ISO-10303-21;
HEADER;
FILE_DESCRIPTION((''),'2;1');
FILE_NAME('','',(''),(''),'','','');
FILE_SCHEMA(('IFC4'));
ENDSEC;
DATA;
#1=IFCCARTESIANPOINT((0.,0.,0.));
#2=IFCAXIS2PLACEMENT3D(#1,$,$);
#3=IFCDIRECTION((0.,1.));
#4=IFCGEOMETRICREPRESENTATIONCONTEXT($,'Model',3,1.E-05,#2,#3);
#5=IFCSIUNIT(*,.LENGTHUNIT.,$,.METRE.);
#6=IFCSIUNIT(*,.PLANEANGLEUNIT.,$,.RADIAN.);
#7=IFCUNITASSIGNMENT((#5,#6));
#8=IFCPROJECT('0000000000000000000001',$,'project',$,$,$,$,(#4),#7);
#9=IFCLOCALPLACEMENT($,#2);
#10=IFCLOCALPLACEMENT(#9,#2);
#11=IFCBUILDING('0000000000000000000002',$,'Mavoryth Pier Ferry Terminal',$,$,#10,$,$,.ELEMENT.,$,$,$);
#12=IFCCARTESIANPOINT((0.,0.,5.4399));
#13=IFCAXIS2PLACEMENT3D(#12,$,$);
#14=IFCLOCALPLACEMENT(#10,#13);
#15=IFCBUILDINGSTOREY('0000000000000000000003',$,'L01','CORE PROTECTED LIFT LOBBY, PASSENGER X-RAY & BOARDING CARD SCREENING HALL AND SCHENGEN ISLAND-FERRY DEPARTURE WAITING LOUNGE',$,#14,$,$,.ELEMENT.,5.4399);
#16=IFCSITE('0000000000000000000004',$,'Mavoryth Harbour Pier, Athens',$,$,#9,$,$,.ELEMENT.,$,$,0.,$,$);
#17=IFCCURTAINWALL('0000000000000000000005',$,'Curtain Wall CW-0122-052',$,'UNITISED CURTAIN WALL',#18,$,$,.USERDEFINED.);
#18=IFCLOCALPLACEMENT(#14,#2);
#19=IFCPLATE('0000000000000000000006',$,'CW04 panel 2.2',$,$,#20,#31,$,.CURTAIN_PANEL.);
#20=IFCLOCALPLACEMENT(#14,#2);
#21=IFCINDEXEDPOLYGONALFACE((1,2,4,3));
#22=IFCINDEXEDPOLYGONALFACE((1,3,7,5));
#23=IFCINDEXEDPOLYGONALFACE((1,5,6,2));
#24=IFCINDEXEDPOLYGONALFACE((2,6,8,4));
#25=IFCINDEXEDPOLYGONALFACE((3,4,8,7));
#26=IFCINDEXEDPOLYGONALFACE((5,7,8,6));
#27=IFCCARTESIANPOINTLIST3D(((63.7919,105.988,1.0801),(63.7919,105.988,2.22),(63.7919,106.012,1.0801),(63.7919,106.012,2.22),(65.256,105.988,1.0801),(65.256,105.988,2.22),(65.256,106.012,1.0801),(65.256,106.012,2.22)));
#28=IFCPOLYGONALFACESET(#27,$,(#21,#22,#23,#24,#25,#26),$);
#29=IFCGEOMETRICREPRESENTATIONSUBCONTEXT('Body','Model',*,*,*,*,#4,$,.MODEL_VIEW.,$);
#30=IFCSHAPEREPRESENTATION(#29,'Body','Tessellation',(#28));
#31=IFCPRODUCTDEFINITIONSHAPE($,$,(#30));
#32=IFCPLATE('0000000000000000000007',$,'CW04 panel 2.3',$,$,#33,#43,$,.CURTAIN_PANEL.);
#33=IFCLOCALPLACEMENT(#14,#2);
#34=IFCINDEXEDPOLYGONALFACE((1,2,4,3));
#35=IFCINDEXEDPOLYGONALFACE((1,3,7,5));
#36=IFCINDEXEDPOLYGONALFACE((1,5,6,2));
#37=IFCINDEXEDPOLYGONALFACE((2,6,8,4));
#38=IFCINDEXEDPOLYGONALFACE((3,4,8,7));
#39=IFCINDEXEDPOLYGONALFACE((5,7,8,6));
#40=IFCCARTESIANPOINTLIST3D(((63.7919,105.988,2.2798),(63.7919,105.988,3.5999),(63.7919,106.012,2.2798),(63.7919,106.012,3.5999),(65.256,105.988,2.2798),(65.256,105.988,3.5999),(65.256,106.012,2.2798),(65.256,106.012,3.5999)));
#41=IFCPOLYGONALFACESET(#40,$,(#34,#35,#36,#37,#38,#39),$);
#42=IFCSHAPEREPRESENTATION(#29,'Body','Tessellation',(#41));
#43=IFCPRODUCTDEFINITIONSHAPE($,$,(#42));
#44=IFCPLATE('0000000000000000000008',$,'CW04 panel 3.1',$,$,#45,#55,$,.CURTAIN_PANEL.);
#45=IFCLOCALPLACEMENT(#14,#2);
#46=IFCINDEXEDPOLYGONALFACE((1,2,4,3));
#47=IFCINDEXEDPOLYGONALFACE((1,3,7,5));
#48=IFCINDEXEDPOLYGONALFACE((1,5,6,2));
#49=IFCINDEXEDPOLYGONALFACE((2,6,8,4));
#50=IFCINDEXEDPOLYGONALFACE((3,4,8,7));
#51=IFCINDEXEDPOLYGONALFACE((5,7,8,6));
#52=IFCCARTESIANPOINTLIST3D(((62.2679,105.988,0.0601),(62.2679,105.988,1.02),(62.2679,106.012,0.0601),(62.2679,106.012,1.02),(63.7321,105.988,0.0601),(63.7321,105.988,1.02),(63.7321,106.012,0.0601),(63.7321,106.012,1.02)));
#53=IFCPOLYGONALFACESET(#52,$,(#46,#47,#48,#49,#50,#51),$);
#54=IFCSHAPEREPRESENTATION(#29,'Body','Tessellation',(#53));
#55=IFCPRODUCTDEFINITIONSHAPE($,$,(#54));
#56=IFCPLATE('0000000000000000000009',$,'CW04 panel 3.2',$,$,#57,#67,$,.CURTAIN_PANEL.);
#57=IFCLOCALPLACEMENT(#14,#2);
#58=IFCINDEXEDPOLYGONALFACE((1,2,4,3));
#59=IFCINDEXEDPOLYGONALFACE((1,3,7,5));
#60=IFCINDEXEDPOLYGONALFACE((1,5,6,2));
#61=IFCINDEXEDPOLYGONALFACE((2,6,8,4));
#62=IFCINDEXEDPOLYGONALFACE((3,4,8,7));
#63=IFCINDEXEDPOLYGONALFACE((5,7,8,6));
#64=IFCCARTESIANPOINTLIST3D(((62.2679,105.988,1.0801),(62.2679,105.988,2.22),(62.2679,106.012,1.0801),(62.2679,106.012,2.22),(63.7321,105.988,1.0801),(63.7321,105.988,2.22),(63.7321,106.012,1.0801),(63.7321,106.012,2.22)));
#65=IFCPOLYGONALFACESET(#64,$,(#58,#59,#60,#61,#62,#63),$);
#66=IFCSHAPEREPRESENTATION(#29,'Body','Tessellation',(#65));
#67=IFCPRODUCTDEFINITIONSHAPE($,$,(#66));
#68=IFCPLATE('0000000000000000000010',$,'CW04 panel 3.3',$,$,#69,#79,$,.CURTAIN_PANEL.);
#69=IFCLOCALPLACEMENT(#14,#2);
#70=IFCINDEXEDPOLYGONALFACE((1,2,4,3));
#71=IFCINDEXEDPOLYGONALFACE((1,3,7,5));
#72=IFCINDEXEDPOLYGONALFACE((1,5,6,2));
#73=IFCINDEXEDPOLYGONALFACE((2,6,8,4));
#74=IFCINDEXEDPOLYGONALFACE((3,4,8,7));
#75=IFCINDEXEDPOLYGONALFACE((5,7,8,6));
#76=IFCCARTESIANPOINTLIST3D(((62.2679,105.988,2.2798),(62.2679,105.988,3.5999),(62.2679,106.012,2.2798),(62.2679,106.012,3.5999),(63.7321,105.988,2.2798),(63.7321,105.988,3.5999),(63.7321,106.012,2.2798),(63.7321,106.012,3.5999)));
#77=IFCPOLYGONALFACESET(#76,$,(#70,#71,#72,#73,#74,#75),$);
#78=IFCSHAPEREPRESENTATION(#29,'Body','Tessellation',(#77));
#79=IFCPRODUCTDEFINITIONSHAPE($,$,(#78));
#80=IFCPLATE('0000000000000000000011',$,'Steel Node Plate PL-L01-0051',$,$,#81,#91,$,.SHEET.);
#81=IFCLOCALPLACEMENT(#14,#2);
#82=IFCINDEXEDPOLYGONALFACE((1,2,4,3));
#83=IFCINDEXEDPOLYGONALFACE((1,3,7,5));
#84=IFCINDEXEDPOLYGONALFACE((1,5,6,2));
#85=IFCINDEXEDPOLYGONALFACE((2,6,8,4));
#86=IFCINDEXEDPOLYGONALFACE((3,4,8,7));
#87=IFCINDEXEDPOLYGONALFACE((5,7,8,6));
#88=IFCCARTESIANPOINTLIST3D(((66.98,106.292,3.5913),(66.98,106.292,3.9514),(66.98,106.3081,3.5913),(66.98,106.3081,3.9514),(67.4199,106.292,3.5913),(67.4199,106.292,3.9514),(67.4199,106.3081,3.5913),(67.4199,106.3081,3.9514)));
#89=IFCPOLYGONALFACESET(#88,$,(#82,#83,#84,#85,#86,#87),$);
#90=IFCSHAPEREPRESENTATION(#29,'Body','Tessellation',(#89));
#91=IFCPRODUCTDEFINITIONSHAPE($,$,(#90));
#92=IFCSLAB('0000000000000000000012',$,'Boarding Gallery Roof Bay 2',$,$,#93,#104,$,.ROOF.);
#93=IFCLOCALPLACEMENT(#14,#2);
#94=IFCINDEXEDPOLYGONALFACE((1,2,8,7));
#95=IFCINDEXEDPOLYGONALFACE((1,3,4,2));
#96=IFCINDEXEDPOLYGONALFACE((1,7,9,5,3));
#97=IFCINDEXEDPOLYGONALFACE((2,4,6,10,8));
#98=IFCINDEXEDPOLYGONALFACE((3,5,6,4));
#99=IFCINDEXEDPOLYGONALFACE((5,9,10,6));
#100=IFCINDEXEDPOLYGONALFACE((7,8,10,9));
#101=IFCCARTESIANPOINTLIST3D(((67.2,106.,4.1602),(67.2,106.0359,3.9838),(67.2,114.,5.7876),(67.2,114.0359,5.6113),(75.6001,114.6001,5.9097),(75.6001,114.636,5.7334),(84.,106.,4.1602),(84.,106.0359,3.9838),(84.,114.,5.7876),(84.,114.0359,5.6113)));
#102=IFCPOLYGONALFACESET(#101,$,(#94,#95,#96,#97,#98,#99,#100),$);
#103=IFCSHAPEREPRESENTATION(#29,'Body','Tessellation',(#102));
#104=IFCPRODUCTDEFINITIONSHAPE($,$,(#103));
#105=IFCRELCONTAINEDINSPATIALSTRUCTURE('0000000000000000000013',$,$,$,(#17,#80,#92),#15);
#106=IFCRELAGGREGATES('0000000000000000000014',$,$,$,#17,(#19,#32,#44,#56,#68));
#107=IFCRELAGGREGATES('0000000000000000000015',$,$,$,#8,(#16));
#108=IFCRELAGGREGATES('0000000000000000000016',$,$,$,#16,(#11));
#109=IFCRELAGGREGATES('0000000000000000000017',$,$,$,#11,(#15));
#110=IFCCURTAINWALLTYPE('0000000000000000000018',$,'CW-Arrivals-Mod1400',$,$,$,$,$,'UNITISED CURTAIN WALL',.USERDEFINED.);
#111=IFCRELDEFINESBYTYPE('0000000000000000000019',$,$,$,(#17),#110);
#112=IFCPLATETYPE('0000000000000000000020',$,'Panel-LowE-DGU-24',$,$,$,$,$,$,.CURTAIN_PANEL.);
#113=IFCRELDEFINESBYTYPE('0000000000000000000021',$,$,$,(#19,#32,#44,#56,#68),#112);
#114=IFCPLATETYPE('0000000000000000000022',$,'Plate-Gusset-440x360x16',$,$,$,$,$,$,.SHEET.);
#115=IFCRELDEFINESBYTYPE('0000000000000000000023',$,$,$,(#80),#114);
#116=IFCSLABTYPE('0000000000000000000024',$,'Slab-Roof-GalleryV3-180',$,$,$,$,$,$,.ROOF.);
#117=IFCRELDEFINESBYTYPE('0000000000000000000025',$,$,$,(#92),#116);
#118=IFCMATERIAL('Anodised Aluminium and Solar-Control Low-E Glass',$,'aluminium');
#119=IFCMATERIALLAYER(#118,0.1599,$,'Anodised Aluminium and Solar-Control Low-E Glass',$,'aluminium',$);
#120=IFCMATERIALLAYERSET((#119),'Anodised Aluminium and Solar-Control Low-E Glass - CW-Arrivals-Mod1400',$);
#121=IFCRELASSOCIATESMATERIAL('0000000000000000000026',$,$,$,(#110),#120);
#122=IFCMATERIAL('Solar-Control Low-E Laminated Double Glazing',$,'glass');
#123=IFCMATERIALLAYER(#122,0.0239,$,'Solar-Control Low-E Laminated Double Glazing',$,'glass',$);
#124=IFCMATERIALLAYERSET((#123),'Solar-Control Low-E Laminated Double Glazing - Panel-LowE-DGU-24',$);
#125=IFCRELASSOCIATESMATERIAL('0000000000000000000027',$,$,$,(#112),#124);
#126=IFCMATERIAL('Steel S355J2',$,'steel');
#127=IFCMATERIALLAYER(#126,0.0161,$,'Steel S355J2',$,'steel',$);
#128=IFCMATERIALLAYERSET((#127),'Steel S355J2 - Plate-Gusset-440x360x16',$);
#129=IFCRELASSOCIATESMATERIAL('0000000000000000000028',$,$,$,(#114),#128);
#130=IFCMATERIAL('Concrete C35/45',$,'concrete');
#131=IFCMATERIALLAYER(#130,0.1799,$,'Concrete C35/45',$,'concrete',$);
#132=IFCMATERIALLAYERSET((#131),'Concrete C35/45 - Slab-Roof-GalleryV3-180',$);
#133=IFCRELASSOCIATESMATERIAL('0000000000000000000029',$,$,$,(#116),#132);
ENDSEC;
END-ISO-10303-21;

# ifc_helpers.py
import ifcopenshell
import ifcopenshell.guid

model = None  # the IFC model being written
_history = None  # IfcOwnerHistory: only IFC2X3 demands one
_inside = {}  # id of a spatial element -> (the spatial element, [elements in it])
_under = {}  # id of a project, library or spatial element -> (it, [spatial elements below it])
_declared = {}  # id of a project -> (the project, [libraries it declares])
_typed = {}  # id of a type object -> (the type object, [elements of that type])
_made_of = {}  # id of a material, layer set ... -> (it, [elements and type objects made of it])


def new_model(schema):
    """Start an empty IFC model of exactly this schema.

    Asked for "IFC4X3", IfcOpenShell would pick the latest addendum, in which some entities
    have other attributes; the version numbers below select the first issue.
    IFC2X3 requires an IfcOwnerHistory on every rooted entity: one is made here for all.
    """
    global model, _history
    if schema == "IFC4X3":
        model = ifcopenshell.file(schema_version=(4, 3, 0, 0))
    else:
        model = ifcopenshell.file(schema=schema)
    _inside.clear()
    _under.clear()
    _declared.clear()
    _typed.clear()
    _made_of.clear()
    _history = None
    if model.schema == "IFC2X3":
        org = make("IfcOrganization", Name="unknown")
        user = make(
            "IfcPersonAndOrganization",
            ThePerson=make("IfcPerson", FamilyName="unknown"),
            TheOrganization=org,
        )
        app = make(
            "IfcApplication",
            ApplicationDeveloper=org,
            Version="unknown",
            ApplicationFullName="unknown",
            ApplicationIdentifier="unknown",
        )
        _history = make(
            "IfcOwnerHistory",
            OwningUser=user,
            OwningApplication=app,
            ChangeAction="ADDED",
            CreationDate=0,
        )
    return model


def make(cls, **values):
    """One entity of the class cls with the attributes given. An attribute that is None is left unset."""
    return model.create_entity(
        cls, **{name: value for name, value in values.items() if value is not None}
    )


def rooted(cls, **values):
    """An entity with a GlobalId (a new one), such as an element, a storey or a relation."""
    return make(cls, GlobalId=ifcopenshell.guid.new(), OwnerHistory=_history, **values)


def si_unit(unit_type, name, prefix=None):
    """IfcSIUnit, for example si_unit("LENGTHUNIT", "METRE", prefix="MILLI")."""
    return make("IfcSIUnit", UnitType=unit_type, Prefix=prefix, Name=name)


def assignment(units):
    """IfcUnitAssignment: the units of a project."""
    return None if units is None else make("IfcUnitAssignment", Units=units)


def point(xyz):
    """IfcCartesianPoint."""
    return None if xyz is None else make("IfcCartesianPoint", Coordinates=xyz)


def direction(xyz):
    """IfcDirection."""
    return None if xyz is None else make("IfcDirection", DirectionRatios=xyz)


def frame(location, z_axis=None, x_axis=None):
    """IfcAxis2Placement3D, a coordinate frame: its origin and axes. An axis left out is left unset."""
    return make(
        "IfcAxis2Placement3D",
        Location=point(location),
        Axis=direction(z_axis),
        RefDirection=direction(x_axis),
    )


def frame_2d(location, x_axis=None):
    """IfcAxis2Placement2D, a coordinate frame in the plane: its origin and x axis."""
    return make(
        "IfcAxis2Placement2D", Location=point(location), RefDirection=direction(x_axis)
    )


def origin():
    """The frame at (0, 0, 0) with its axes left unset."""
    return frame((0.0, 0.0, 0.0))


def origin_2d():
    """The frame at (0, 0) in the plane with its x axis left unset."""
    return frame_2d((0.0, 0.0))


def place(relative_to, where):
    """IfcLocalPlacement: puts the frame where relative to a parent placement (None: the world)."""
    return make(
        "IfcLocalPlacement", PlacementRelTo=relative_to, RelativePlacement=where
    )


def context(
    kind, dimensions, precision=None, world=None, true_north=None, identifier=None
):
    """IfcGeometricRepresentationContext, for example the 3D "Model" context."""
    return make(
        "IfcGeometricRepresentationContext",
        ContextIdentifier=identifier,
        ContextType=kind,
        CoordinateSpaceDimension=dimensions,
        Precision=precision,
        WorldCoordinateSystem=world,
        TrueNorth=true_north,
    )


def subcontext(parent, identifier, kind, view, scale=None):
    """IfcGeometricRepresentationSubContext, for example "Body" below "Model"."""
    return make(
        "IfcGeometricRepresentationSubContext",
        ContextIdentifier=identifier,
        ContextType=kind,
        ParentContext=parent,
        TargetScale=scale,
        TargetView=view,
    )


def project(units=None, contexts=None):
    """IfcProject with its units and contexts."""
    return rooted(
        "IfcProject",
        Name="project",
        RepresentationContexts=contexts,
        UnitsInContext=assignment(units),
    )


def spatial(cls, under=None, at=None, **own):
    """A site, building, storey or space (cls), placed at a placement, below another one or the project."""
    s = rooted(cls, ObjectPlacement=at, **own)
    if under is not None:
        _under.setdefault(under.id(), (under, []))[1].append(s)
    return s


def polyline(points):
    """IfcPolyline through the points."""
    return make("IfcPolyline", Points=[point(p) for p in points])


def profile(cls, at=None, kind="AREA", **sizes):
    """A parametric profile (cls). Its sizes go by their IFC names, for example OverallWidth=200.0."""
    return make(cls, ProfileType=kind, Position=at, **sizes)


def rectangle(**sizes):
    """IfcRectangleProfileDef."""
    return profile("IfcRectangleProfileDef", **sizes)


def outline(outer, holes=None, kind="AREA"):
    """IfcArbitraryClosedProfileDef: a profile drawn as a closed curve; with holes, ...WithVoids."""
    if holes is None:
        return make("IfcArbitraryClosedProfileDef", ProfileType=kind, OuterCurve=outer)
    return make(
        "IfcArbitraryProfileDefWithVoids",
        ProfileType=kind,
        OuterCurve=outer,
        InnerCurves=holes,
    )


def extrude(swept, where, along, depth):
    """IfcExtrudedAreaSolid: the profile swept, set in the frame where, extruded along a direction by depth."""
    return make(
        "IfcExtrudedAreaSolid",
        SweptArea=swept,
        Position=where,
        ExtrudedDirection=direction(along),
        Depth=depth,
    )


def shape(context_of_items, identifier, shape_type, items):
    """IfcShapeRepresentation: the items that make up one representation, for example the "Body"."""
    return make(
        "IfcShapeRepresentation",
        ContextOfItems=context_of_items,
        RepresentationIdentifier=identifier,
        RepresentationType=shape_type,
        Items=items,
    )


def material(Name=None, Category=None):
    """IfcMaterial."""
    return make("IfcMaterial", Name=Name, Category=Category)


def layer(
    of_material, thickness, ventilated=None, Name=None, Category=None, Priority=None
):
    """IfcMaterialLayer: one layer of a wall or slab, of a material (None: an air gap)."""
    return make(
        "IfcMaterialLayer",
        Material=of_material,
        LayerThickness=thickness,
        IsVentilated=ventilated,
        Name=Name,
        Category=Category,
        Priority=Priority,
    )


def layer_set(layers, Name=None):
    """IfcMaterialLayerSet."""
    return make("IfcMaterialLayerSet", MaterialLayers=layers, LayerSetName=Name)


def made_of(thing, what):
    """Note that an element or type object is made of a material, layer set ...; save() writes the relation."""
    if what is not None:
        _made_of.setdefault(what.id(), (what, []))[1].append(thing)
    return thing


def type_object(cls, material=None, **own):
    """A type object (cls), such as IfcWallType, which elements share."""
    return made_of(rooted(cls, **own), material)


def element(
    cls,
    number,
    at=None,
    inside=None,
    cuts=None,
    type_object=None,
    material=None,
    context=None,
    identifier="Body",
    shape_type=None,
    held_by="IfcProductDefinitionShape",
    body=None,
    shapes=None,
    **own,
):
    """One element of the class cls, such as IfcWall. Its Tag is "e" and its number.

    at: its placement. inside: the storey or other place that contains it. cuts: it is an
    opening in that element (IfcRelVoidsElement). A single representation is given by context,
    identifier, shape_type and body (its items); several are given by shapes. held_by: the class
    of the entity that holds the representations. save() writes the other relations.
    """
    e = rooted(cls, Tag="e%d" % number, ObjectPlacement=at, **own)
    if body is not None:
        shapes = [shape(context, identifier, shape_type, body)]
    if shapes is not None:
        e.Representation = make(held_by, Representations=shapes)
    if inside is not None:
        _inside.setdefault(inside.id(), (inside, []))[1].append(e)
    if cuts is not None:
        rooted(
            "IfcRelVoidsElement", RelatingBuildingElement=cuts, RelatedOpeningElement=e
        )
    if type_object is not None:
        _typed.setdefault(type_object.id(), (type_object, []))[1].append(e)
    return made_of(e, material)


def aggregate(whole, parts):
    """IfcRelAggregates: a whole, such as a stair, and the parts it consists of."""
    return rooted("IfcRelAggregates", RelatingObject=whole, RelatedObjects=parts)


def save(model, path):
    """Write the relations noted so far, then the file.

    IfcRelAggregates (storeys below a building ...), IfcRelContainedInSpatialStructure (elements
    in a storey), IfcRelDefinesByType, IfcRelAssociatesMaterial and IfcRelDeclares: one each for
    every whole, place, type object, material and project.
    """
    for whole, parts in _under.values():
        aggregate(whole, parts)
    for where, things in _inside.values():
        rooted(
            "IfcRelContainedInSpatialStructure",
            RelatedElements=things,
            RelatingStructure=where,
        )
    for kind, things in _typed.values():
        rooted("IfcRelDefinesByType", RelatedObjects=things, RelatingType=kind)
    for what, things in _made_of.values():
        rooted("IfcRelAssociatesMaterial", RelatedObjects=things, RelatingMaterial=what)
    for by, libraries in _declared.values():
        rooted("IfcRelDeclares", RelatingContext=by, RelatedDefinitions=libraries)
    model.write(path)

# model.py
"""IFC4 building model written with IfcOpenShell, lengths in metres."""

from ifc_helpers import new_model, si_unit, direction, frame, origin, origin_2d, place, context, subcontext, project, spatial, polyline, rectangle, outline, extrude, material, layer, layer_set, type_object, element, aggregate, save


model = new_model("IFC4")

# Units and contexts
model_context = context("Model", 3, precision=1e-05, world=origin(), true_north=direction((0.0, 1.0)))
body_context = subcontext(model_context, "Body", "Model", "MODEL_VIEW")
ifc_project = project(units=[si_unit("LENGTHUNIT", "METRE"), si_unit("PLANEANGLEUNIT", "RADIAN")], contexts=[model_context])

# Site, building, storey
site_placement = place(None, origin())
site = spatial("IfcSite", under=ifc_project, at=site_placement, Name="Mavoryth Harbour Pier, Athens", CompositionType="ELEMENT", RefElevation=0.0)
building_placement = place(site_placement, origin())
building = spatial("IfcBuilding", under=site, at=building_placement, Name="Mavoryth Pier Ferry Terminal", CompositionType="ELEMENT")
storey_placement = place(building_placement, frame((0.0, 0.0, 5.4399)))
storey = spatial("IfcBuildingStorey", under=building, at=storey_placement, Name="L01", Description="CORE PROTECTED LIFT LOBBY, PASSENGER X-RAY & BOARDING CARD SCREENING HALL AND SCHENGEN ISLAND-FERRY DEPARTURE WAITING LOUNGE", CompositionType="ELEMENT", Elevation=5.4399)

# Shared definitions
ifc_material_1 = material(Name="Steel S355J2", Category="steel")

# Shared definitions
ifc_material_2 = material(Name="Concrete C35/45", Category="concrete")

# Curtain wall
ifc_material_3 = material(Name="Anodised Aluminium and Solar-Control Low-E Glass", Category="aluminium")
ifc_layer_1 = layer(ifc_material_3, 0.1599, Name="Anodised Aluminium and Solar-Control Low-E Glass", Category="aluminium")
ifc_layer_set_1 = layer_set([ifc_layer_1], Name="Anodised Aluminium and Solar-Control Low-E Glass - CW-Arrivals-Mod1400")
curtain_wall_type = type_object("IfcCurtainWallType", Name="CW-Arrivals-Mod1400", ElementType="UNITISED CURTAIN WALL", PredefinedType="USERDEFINED", material=ifc_layer_set_1)
curtain_wall_placement = place(storey_placement, origin())
curtain_wall = element("IfcCurtainWall", 1, at=curtain_wall_placement, inside=storey, type_object=curtain_wall_type, Name="Curtain Wall CW-0122-052", ObjectType="UNITISED CURTAIN WALL", PredefinedType="USERDEFINED")

# Plates
ifc_material_4 = material(Name="Solar-Control Low-E Laminated Double Glazing", Category="glass")
ifc_layer_2 = layer(ifc_material_4, 0.0239, Name="Solar-Control Low-E Laminated Double Glazing", Category="glass")
ifc_layer_set_2 = layer_set([ifc_layer_2], Name="Solar-Control Low-E Laminated Double Glazing - Panel-LowE-DGU-24")
plate_type_1 = type_object("IfcPlateType", Name="Panel-LowE-DGU-24", PredefinedType="CURTAIN_PANEL", material=ifc_layer_set_2)
plate_1_placement = place(storey_placement, frame((64.5239, 106.0, 1.0801), z_axis=(0.0, 0.0, 1.0), x_axis=(-1.0, 0.0, 0.0)))
plate_1 = element("IfcPlate", 2, at=plate_1_placement, type_object=plate_type_1, Name="CW04 panel 2.2", PredefinedType="CURTAIN_PANEL", context=body_context, shape_type="SweptSolid", body=[
    extrude(rectangle(XDim=1.4641, YDim=0.0239, at=origin_2d()), origin(), (0.0, 0.0, 1.0), 1.1399),
])
plate_2_placement = place(storey_placement, frame((64.5239, 106.0, 2.2798), z_axis=(0.0, 0.0, 1.0), x_axis=(-1.0, 0.0, 0.0)))
plate_2 = element("IfcPlate", 3, at=plate_2_placement, type_object=plate_type_1, Name="CW04 panel 2.3", PredefinedType="CURTAIN_PANEL", context=body_context, shape_type="SweptSolid", body=[
    extrude(rectangle(XDim=1.4641, YDim=0.0239, at=origin_2d()), origin(), (0.0, 0.0, 1.0), 1.3201),
])
plate_3_placement = place(storey_placement, frame((63.0, 106.0, 0.0601), z_axis=(0.0, 0.0, 1.0), x_axis=(-1.0, 0.0, 0.0)))
plate_3 = element("IfcPlate", 4, at=plate_3_placement, type_object=plate_type_1, Name="CW04 panel 3.1", PredefinedType="CURTAIN_PANEL", context=body_context, shape_type="SweptSolid", body=[
    extrude(rectangle(XDim=1.4641, YDim=0.0239, at=origin_2d()), origin(), (0.0, 0.0, 1.0), 0.96),
])
plate_4_placement = place(storey_placement, frame((63.0, 106.0, 1.0801), z_axis=(0.0, 0.0, 1.0), x_axis=(-1.0, 0.0, 0.0)))
plate_4 = element("IfcPlate", 5, at=plate_4_placement, type_object=plate_type_1, Name="CW04 panel 3.2", PredefinedType="CURTAIN_PANEL", context=body_context, shape_type="SweptSolid", body=[
    extrude(rectangle(XDim=1.4641, YDim=0.0239, at=origin_2d()), origin(), (0.0, 0.0, 1.0), 1.1399),
])
plate_5_placement = place(storey_placement, frame((63.0, 106.0, 2.2798), z_axis=(0.0, 0.0, 1.0), x_axis=(-1.0, 0.0, 0.0)))
plate_5 = element("IfcPlate", 6, at=plate_5_placement, type_object=plate_type_1, Name="CW04 panel 3.3", PredefinedType="CURTAIN_PANEL", context=body_context, shape_type="SweptSolid", body=[
    extrude(rectangle(XDim=1.4641, YDim=0.0239, at=origin_2d()), origin(), (0.0, 0.0, 1.0), 1.3201),
])
aggregate(curtain_wall, [plate_1, plate_2, plate_3, plate_4, plate_5])
ifc_layer_3 = layer(ifc_material_1, 0.0161, Name="Steel S355J2", Category="steel")
ifc_layer_set_3 = layer_set([ifc_layer_3], Name="Steel S355J2 - Plate-Gusset-440x360x16")
plate_type_2 = type_object("IfcPlateType", Name="Plate-Gusset-440x360x16", PredefinedType="SHEET", material=ifc_layer_set_3)
plate_6_placement = place(storey_placement, frame((67.2, 106.3, 3.5913), z_axis=(0.0, 0.0, 1.0), x_axis=(1.0, 0.0, 0.0)))
element("IfcPlate", 7, at=plate_6_placement, inside=storey, type_object=plate_type_2, Name="Steel Node Plate PL-L01-0051", PredefinedType="SHEET", context=body_context, shape_type="SweptSolid", body=[
    extrude(rectangle(XDim=0.4399, YDim=0.0161, at=origin_2d()), origin(), (0.0, 0.0, 1.0), 0.3601),
])

# Slab
ifc_layer_4 = layer(ifc_material_2, 0.1799, Name="Concrete C35/45", Category="concrete")
ifc_layer_set_4 = layer_set([ifc_layer_4], Name="Concrete C35/45 - Slab-Roof-GalleryV3-180")
slab_type = type_object("IfcSlabType", Name="Slab-Roof-GalleryV3-180", PredefinedType="ROOF", material=ifc_layer_set_4)
slab_placement = place(storey_placement, frame((67.2, 106.0, 4.1602), z_axis=(0.0, -0.199347, 0.979929), x_axis=(1.0, 0.0, 0.0)))
element("IfcSlab", 8, at=slab_placement, inside=storey, type_object=slab_type, Name="Boarding Gallery Roof Bay 2", PredefinedType="ROOF", context=body_context, shape_type="SweptSolid", body=[
    extrude(outline(polyline([(0.0, 0.0), (16.8, 0.0), (16.8, 8.1639), (8.4001, 8.7762), (0.0, 8.1639), (0.0, 0.0)])), origin(), (0.0, 0.0, -1.0), 0.1799),
])

save(model, "model.ifc")
